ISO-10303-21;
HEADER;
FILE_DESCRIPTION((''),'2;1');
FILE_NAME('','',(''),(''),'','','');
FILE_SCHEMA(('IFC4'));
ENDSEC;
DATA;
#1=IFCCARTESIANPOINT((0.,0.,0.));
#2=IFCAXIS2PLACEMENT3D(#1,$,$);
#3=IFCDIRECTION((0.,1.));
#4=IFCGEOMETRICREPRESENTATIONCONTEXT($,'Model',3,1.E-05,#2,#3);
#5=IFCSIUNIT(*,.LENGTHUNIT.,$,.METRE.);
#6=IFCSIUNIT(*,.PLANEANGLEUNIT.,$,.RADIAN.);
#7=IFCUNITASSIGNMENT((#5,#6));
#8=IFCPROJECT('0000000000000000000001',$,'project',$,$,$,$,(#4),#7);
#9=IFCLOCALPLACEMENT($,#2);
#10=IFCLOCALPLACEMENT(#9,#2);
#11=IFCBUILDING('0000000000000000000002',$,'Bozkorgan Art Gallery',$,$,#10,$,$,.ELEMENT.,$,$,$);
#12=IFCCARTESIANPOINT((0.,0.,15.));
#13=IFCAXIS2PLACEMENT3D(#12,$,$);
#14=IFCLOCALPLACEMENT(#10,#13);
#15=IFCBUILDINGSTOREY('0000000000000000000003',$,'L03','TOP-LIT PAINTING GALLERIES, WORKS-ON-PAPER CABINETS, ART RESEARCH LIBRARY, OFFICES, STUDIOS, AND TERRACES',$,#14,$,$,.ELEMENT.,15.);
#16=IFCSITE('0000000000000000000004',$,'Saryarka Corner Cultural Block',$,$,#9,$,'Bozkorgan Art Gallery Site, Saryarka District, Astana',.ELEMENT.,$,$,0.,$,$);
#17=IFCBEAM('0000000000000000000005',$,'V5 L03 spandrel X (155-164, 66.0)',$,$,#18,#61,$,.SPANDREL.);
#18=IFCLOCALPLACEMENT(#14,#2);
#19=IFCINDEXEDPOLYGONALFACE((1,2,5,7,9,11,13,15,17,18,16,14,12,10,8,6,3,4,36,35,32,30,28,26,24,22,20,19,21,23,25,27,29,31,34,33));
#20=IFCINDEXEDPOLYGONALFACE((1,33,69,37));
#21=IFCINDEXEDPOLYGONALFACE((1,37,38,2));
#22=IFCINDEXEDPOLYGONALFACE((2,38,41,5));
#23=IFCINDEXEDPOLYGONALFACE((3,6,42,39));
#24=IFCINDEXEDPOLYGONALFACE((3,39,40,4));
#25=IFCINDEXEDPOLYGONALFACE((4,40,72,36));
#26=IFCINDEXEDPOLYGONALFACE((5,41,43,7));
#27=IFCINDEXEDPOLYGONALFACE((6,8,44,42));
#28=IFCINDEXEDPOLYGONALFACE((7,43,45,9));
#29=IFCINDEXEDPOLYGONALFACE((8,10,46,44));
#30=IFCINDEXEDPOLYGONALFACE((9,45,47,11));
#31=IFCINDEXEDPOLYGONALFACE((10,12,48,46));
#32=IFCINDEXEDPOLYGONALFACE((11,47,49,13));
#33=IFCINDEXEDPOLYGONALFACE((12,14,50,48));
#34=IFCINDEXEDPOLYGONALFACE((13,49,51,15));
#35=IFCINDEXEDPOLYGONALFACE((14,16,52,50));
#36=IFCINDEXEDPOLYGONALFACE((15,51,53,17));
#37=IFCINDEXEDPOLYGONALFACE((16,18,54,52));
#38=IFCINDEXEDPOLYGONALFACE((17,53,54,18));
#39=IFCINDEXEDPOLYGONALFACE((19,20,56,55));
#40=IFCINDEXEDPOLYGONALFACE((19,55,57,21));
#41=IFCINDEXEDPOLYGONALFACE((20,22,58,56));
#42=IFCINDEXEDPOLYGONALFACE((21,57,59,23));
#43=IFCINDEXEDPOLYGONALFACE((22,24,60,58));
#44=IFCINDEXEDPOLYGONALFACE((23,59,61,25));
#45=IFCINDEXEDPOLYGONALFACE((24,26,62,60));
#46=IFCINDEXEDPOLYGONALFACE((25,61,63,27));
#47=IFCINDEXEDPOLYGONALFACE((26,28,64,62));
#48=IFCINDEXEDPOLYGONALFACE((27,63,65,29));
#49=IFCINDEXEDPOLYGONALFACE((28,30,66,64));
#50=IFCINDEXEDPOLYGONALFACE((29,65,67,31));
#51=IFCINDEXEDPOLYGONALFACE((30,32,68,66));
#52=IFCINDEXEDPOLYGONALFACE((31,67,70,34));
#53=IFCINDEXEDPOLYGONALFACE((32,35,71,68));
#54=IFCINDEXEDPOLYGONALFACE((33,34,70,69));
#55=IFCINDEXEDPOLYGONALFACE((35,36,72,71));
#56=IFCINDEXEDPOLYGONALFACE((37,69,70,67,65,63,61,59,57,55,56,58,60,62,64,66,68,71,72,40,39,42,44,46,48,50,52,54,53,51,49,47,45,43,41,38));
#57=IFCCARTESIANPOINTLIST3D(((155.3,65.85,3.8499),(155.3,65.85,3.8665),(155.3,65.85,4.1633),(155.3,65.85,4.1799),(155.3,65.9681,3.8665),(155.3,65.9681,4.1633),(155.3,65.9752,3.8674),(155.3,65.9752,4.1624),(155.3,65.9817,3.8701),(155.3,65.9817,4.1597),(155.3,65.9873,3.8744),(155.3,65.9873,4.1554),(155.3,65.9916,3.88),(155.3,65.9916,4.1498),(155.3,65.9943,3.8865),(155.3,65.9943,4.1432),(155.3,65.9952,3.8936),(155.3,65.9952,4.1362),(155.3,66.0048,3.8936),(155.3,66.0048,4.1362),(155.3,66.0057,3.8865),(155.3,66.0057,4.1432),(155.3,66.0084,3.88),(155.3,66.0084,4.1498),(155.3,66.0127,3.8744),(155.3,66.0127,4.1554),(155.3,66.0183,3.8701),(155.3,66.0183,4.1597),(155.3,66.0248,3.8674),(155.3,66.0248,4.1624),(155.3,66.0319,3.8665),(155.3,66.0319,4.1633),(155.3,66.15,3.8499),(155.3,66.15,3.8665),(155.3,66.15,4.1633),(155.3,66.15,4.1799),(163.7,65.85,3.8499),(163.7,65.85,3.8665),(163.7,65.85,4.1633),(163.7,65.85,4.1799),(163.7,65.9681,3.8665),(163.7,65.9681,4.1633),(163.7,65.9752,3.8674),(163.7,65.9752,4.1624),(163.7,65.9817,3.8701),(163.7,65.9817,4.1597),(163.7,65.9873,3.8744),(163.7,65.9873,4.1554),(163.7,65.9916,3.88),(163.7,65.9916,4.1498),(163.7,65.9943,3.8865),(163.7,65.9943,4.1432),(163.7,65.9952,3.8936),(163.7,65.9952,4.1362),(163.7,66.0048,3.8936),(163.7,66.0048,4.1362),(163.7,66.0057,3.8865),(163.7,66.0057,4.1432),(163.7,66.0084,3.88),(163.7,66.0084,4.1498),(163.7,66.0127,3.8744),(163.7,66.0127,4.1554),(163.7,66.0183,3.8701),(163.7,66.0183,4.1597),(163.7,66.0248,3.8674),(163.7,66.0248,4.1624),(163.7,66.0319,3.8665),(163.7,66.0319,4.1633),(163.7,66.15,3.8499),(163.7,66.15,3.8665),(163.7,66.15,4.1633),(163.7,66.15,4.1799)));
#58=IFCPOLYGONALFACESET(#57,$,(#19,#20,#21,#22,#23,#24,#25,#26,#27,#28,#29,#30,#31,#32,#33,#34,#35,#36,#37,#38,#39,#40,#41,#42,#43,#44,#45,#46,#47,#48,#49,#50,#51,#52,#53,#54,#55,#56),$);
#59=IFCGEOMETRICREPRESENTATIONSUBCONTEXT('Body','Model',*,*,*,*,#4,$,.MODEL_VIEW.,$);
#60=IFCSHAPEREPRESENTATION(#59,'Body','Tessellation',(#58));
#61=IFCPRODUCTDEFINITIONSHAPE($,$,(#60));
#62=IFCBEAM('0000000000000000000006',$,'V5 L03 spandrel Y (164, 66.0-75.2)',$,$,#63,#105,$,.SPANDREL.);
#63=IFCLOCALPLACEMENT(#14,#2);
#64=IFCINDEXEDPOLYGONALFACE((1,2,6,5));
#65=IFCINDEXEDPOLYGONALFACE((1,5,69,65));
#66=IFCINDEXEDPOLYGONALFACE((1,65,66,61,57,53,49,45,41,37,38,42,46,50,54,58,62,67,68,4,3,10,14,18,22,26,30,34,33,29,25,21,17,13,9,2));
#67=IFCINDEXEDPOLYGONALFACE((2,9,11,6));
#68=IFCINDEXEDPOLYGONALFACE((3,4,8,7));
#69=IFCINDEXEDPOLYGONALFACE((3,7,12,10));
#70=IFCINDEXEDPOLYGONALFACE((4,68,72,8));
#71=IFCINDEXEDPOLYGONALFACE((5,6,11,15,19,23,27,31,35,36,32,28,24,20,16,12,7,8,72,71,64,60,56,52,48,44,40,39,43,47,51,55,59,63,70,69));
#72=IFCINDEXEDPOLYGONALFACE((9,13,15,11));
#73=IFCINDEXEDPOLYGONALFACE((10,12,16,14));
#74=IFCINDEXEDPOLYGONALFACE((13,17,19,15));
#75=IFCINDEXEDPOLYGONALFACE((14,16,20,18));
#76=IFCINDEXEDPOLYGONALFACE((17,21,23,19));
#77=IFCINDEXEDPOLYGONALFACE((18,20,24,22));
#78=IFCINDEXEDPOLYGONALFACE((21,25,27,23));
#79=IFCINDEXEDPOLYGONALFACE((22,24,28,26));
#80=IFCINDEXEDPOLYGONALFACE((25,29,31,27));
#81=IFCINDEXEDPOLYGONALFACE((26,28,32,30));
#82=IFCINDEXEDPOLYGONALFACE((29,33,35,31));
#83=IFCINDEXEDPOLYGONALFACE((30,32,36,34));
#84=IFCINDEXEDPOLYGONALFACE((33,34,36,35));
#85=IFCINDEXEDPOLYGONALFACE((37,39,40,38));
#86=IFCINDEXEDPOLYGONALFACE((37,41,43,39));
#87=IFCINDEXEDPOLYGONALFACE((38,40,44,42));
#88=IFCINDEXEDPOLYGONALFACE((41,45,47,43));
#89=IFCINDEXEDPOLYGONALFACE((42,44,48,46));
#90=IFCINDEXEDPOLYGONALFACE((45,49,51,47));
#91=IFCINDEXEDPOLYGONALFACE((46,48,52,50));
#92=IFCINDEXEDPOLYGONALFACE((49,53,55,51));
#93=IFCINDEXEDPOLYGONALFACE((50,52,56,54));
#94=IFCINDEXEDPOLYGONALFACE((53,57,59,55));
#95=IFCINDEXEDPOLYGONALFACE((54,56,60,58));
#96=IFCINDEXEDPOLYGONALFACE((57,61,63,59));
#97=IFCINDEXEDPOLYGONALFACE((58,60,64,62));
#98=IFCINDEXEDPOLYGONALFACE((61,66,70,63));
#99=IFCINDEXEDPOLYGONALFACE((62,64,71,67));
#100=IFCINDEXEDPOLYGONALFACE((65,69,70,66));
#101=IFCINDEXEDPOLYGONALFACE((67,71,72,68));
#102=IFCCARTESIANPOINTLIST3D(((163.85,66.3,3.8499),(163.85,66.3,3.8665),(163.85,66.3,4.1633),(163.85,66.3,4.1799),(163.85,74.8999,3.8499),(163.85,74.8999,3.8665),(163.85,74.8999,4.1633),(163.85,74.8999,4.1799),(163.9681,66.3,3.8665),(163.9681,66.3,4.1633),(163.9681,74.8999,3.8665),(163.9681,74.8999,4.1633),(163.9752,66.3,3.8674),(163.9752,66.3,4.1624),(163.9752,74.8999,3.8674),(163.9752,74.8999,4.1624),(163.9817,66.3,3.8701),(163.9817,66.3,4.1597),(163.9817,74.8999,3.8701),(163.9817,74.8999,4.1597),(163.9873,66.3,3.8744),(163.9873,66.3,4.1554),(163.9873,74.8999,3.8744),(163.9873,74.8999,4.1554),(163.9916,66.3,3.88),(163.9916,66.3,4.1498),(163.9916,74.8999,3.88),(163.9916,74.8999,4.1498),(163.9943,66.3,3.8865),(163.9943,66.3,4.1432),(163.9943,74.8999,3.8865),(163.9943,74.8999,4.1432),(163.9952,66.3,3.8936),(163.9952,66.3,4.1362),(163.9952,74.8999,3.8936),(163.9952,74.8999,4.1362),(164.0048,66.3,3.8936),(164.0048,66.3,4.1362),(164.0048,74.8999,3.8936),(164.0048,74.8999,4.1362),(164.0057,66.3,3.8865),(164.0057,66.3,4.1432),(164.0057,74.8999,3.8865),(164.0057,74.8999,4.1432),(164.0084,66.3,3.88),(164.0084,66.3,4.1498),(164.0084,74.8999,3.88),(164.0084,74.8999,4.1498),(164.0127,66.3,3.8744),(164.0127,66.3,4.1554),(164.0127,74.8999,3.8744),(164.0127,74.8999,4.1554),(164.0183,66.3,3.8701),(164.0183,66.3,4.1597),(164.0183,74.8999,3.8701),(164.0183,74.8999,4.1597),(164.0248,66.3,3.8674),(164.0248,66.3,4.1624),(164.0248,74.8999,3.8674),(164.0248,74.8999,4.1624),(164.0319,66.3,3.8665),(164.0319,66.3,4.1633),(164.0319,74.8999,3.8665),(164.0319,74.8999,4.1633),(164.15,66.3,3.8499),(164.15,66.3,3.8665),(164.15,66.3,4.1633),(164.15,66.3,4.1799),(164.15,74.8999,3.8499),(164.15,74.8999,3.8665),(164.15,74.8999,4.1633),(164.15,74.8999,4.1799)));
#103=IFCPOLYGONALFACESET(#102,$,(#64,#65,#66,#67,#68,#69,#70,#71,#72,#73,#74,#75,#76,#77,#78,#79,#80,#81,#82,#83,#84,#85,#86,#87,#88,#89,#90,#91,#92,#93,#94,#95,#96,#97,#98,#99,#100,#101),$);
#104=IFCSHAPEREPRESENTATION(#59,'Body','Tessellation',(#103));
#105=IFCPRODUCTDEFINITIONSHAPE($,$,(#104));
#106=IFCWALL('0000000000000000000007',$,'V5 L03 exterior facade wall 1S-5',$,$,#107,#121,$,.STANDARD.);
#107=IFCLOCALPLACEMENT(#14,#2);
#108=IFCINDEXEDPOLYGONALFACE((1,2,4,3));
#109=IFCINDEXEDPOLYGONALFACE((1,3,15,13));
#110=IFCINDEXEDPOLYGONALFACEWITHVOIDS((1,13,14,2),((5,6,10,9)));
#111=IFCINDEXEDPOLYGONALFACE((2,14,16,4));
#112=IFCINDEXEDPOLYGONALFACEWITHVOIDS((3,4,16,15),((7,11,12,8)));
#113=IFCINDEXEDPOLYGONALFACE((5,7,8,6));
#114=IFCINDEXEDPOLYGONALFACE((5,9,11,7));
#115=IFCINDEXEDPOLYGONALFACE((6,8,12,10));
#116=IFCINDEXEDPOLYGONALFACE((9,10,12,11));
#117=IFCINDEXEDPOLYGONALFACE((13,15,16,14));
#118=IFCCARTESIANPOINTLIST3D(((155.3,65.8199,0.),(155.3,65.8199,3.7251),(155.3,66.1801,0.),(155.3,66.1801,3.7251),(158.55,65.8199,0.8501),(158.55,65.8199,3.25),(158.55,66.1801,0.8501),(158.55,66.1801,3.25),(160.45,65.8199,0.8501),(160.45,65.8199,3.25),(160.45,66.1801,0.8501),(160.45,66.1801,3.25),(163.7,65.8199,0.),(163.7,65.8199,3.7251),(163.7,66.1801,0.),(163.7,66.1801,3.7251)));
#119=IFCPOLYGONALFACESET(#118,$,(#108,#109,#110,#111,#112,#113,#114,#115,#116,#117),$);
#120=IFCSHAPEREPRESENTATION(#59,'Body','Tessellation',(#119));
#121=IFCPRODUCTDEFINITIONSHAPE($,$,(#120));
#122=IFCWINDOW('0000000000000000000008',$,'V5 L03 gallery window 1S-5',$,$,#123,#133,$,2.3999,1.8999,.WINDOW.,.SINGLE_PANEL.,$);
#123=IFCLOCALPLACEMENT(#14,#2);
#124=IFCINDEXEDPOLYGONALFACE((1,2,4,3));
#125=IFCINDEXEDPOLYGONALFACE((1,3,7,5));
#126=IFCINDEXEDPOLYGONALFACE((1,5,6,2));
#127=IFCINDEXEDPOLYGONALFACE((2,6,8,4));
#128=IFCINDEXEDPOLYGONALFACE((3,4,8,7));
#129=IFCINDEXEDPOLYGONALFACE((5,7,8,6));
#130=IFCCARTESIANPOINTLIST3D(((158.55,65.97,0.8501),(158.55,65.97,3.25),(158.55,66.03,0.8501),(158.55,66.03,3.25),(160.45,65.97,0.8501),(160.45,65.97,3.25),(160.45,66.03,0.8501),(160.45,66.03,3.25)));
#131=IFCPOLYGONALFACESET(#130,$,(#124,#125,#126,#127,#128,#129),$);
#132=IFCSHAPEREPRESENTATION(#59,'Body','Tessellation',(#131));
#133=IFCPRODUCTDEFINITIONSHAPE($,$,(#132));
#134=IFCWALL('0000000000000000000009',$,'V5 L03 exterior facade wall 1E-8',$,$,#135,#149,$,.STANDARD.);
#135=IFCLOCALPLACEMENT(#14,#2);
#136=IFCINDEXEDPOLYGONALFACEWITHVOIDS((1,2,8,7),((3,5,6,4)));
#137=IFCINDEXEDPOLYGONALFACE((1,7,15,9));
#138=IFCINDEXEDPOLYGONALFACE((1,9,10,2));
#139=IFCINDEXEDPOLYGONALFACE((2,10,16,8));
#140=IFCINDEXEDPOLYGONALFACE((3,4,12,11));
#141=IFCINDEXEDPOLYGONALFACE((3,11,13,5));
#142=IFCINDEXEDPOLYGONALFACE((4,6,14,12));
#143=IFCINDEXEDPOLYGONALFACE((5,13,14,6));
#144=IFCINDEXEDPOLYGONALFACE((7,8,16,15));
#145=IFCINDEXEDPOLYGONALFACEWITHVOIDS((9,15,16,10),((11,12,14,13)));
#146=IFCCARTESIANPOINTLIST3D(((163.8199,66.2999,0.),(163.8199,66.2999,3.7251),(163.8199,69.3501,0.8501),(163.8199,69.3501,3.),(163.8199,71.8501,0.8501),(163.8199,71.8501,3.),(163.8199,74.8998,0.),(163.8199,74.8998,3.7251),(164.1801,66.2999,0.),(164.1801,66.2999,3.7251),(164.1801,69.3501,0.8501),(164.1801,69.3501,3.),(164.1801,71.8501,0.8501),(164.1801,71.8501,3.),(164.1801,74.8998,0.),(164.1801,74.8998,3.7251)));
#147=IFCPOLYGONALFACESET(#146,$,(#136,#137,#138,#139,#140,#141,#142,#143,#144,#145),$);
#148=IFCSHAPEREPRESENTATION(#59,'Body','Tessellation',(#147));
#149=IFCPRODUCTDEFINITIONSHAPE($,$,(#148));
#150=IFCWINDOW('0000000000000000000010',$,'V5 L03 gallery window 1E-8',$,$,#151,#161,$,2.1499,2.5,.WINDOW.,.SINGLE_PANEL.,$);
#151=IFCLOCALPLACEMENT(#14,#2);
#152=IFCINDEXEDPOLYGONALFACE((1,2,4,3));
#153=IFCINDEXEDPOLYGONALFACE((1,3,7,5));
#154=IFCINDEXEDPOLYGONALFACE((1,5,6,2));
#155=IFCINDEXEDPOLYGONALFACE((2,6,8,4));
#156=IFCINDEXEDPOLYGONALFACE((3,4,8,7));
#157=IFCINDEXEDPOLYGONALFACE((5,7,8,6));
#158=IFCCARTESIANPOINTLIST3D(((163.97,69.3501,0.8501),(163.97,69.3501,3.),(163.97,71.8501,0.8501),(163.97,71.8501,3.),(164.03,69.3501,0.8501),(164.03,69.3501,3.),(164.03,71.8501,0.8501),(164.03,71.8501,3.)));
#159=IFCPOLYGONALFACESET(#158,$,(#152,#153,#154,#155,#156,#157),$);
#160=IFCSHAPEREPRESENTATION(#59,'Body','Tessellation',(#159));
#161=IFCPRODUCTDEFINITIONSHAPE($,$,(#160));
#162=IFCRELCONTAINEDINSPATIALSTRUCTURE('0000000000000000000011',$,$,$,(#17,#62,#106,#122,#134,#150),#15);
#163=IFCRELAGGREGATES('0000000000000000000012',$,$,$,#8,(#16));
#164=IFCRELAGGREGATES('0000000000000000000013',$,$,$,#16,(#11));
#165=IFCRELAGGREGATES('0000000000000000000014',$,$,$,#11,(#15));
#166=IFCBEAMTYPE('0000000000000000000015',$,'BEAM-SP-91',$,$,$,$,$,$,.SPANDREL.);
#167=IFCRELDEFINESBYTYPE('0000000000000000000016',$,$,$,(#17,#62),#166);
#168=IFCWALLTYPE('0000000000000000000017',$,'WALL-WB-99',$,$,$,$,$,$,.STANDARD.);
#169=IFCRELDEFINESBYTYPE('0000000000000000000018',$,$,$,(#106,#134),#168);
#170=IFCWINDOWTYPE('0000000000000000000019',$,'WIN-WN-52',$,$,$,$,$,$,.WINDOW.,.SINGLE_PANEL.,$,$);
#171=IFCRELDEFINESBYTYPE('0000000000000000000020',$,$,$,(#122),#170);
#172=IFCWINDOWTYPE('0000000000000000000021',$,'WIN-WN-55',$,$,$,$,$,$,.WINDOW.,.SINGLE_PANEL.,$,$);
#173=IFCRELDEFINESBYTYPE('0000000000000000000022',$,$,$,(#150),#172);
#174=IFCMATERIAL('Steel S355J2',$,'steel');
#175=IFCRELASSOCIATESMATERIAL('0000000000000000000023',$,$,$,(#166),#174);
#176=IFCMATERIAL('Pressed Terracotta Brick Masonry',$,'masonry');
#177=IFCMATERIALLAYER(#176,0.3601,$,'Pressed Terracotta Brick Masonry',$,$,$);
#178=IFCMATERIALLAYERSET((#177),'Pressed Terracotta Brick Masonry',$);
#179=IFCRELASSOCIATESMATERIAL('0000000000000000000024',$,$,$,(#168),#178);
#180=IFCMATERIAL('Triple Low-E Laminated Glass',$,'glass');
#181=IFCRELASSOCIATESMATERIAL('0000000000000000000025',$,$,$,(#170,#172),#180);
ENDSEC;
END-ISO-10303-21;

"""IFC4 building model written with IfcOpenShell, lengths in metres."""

from ifc_helpers import new_model, si_unit, direction, frame, frame_2d, origin, origin_2d, place, context, subcontext, project, spatial, rectangle, i_section, extrude, material, layer, layer_set, material_profile, profile_set, type_object, element, fill, save


model = new_model("IFC4")

# Units and contexts
model_context = context("Model", 3, precision=1e-05, world=origin(), true_north=direction((0.0, 1.0)))
body_context = subcontext(model_context, "Body", "Model", "MODEL_VIEW")
ifc_project = project(units=[si_unit("LENGTHUNIT", "METRE"), si_unit("PLANEANGLEUNIT", "RADIAN")], contexts=[model_context])

# Site, building, storey
site_placement = place(None, origin())
site = spatial("IfcSite", under=ifc_project, at=site_placement, Name="Saryarka Corner Cultural Block", LongName="Bozkorgan Art Gallery Site, Saryarka District, Astana", CompositionType="ELEMENT", RefElevation=0.0)
building_placement = place(site_placement, origin())
building = spatial("IfcBuilding", under=site, at=building_placement, Name="Bozkorgan Art Gallery", CompositionType="ELEMENT")
storey_placement = place(building_placement, frame((0.0, 0.0, 15.0)))
storey = spatial("IfcBuildingStorey", under=building, at=storey_placement, Name="L03", Description="TOP-LIT PAINTING GALLERIES, WORKS-ON-PAPER CABINETS, ART RESEARCH LIBRARY, OFFICES, STUDIOS, AND TERRACES", CompositionType="ELEMENT", Elevation=15.0)

# Beams
ifc_material_1 = material(Name="Steel S355J2", Category="steel")
ifc_material_profile_1 = material_profile(ifc_material_1, i_section(OverallWidth=0.3, OverallDepth=0.3301, WebThickness=0.0095, FlangeThickness=0.0166, FilletRadius=0.0271, at=origin_2d()), Name="HEA 340")
ifc_profile_set_1 = profile_set([ifc_material_profile_1], Name="Steel S355J2")
beam_type_1 = type_object("IfcBeamType", Name="BEAM-SP-91", PredefinedType="SPANDREL", material=ifc_profile_set_1)
beam_1_placement = place(storey_placement, frame((155.3, 66.0, 4.0149), z_axis=(1.0, 0.0, 0.0), x_axis=(0.0, 1.0, 0.0)))
element("IfcBeam", 1, at=beam_1_placement, inside=storey, type_object=beam_type_1, Name="V5 L03 spandrel X (155-164, 66.0)", PredefinedType="SPANDREL", context=body_context, shape_type="SweptSolid", body=[
    extrude(i_section(OverallWidth=0.3, OverallDepth=0.3301, WebThickness=0.0095, FlangeThickness=0.0166, FilletRadius=0.0271, at=origin_2d()), origin(), (0.0, 0.0, 1.0), 8.3999),
])
beam_2_placement = place(storey_placement, frame((164.0, 66.3, 4.0149), z_axis=(0.0, 1.0, 0.0), x_axis=(-1.0, 0.0, 0.0)))
element("IfcBeam", 2, at=beam_2_placement, inside=storey, type_object=beam_type_1, Name="V5 L03 spandrel Y (164, 66.0-75.2)", PredefinedType="SPANDREL", context=body_context, shape_type="SweptSolid", body=[
    extrude(i_section(OverallWidth=0.3, OverallDepth=0.3301, WebThickness=0.0095, FlangeThickness=0.0166, FilletRadius=0.0271, at=origin_2d()), origin(), (0.0, 0.0, 1.0), 8.5999),
])

# Walls, openings, windows
ifc_material_2 = material(Name="Pressed Terracotta Brick Masonry", Category="masonry")
ifc_layer = layer(ifc_material_2, 0.3601, Name="Pressed Terracotta Brick Masonry")
ifc_layer_set = layer_set([ifc_layer], Name="Pressed Terracotta Brick Masonry")
wall_type = type_object("IfcWallType", Name="WALL-WB-99", PredefinedType="STANDARD", material=ifc_layer_set)
wall_1_placement = place(storey_placement, frame((155.3, 66.0, 0.0), z_axis=(0.0, 0.0, 1.0), x_axis=(1.0, 0.0, 0.0)))
wall_1 = element("IfcWall", 3, at=wall_1_placement, inside=storey, type_object=wall_type, Name="V5 L03 exterior facade wall 1S-5", PredefinedType="STANDARD", context=body_context, shape_type="SweptSolid", body=[
    extrude(rectangle(XDim=8.3999, YDim=0.3601, at=frame_2d((4.2, 0.0))), origin(), (0.0, 0.0, 1.0), 3.7251),
])
opening_1_placement = place(wall_1_placement, frame((5.1499, 0.0, 0.8501), z_axis=(0.0, 0.0, 1.0), x_axis=(-1.0, 0.0, 0.0)))
opening_1 = element("IfcOpeningElement", 4, at=opening_1_placement, cuts=wall_1, PredefinedType="OPENING", context=body_context, shape_type="SweptSolid", body=[
    extrude(rectangle(XDim=1.8999, YDim=2.3999, at=frame_2d((0.95, 1.2))), frame((0.0, 0.1899, 0.0), z_axis=(0.0, -1.0, 0.0), x_axis=(1.0, 0.0, 0.0)), (0.0, 0.0, 1.0), 0.3801),
])
ifc_material_3 = material(Name="Triple Low-E Laminated Glass", Category="glass")
window_type_1 = type_object("IfcWindowType", Name="WIN-WN-52", PartitioningType="SINGLE_PANEL", PredefinedType="WINDOW", material=ifc_material_3)
window_1_placement = place(opening_1_placement, origin())
window_1 = element("IfcWindow", 5, at=window_1_placement, inside=storey, type_object=window_type_1, Name="V5 L03 gallery window 1S-5", OverallHeight=2.3999, OverallWidth=1.8999, PartitioningType="SINGLE_PANEL", PredefinedType="WINDOW", context=body_context, shape_type="SweptSolid", body=[
    extrude(rectangle(XDim=1.8999, YDim=2.3999, at=frame_2d((0.95, 1.2))), frame((0.0, 0.03, 0.0), z_axis=(0.0, -1.0, 0.0), x_axis=(1.0, 0.0, 0.0)), (0.0, 0.0, 1.0), 0.0601),
])
fill(opening_1, window_1)
wall_2_placement = place(storey_placement, frame((164.0, 66.3, 0.0), z_axis=(0.0, 0.0, 1.0), x_axis=(0.0, 1.0, 0.0)))
wall_2 = element("IfcWall", 6, at=wall_2_placement, inside=storey, type_object=wall_type, Name="V5 L03 exterior facade wall 1E-8", PredefinedType="STANDARD", context=body_context, shape_type="SweptSolid", body=[
    extrude(rectangle(XDim=8.5999, YDim=0.3601, at=frame_2d((4.2998, 0.0))), origin(), (0.0, 0.0, 1.0), 3.7251),
])
opening_2_placement = place(wall_2_placement, frame((5.55, 0.0, 0.8501), z_axis=(0.0, 0.0, 1.0), x_axis=(-1.0, 0.0, 0.0)))
opening_2 = element("IfcOpeningElement", 7, at=opening_2_placement, cuts=wall_2, PredefinedType="OPENING", context=body_context, shape_type="SweptSolid", body=[
    extrude(rectangle(XDim=2.5, YDim=2.1499, at=frame_2d((1.25, 1.075))), frame((0.0, 0.1899, 0.0), z_axis=(0.0, -1.0, 0.0), x_axis=(1.0, 0.0, 0.0)), (0.0, 0.0, 1.0), 0.3801),
])
window_type_2 = type_object("IfcWindowType", Name="WIN-WN-55", PartitioningType="SINGLE_PANEL", PredefinedType="WINDOW", material=ifc_material_3)
window_2_placement = place(opening_2_placement, origin())
window_2 = element("IfcWindow", 8, at=window_2_placement, inside=storey, type_object=window_type_2, Name="V5 L03 gallery window 1E-8", OverallHeight=2.1499, OverallWidth=2.5, PartitioningType="SINGLE_PANEL", PredefinedType="WINDOW", context=body_context, shape_type="SweptSolid", body=[
    extrude(rectangle(XDim=2.5, YDim=2.1499, at=frame_2d((1.25, 1.075))), frame((0.0, 0.03, 0.0), z_axis=(0.0, -1.0, 0.0), x_axis=(1.0, 0.0, 0.0)), (0.0, 0.0, 1.0), 0.0601),
])
fill(opening_2, window_2)

save(model, "model.ifc")
